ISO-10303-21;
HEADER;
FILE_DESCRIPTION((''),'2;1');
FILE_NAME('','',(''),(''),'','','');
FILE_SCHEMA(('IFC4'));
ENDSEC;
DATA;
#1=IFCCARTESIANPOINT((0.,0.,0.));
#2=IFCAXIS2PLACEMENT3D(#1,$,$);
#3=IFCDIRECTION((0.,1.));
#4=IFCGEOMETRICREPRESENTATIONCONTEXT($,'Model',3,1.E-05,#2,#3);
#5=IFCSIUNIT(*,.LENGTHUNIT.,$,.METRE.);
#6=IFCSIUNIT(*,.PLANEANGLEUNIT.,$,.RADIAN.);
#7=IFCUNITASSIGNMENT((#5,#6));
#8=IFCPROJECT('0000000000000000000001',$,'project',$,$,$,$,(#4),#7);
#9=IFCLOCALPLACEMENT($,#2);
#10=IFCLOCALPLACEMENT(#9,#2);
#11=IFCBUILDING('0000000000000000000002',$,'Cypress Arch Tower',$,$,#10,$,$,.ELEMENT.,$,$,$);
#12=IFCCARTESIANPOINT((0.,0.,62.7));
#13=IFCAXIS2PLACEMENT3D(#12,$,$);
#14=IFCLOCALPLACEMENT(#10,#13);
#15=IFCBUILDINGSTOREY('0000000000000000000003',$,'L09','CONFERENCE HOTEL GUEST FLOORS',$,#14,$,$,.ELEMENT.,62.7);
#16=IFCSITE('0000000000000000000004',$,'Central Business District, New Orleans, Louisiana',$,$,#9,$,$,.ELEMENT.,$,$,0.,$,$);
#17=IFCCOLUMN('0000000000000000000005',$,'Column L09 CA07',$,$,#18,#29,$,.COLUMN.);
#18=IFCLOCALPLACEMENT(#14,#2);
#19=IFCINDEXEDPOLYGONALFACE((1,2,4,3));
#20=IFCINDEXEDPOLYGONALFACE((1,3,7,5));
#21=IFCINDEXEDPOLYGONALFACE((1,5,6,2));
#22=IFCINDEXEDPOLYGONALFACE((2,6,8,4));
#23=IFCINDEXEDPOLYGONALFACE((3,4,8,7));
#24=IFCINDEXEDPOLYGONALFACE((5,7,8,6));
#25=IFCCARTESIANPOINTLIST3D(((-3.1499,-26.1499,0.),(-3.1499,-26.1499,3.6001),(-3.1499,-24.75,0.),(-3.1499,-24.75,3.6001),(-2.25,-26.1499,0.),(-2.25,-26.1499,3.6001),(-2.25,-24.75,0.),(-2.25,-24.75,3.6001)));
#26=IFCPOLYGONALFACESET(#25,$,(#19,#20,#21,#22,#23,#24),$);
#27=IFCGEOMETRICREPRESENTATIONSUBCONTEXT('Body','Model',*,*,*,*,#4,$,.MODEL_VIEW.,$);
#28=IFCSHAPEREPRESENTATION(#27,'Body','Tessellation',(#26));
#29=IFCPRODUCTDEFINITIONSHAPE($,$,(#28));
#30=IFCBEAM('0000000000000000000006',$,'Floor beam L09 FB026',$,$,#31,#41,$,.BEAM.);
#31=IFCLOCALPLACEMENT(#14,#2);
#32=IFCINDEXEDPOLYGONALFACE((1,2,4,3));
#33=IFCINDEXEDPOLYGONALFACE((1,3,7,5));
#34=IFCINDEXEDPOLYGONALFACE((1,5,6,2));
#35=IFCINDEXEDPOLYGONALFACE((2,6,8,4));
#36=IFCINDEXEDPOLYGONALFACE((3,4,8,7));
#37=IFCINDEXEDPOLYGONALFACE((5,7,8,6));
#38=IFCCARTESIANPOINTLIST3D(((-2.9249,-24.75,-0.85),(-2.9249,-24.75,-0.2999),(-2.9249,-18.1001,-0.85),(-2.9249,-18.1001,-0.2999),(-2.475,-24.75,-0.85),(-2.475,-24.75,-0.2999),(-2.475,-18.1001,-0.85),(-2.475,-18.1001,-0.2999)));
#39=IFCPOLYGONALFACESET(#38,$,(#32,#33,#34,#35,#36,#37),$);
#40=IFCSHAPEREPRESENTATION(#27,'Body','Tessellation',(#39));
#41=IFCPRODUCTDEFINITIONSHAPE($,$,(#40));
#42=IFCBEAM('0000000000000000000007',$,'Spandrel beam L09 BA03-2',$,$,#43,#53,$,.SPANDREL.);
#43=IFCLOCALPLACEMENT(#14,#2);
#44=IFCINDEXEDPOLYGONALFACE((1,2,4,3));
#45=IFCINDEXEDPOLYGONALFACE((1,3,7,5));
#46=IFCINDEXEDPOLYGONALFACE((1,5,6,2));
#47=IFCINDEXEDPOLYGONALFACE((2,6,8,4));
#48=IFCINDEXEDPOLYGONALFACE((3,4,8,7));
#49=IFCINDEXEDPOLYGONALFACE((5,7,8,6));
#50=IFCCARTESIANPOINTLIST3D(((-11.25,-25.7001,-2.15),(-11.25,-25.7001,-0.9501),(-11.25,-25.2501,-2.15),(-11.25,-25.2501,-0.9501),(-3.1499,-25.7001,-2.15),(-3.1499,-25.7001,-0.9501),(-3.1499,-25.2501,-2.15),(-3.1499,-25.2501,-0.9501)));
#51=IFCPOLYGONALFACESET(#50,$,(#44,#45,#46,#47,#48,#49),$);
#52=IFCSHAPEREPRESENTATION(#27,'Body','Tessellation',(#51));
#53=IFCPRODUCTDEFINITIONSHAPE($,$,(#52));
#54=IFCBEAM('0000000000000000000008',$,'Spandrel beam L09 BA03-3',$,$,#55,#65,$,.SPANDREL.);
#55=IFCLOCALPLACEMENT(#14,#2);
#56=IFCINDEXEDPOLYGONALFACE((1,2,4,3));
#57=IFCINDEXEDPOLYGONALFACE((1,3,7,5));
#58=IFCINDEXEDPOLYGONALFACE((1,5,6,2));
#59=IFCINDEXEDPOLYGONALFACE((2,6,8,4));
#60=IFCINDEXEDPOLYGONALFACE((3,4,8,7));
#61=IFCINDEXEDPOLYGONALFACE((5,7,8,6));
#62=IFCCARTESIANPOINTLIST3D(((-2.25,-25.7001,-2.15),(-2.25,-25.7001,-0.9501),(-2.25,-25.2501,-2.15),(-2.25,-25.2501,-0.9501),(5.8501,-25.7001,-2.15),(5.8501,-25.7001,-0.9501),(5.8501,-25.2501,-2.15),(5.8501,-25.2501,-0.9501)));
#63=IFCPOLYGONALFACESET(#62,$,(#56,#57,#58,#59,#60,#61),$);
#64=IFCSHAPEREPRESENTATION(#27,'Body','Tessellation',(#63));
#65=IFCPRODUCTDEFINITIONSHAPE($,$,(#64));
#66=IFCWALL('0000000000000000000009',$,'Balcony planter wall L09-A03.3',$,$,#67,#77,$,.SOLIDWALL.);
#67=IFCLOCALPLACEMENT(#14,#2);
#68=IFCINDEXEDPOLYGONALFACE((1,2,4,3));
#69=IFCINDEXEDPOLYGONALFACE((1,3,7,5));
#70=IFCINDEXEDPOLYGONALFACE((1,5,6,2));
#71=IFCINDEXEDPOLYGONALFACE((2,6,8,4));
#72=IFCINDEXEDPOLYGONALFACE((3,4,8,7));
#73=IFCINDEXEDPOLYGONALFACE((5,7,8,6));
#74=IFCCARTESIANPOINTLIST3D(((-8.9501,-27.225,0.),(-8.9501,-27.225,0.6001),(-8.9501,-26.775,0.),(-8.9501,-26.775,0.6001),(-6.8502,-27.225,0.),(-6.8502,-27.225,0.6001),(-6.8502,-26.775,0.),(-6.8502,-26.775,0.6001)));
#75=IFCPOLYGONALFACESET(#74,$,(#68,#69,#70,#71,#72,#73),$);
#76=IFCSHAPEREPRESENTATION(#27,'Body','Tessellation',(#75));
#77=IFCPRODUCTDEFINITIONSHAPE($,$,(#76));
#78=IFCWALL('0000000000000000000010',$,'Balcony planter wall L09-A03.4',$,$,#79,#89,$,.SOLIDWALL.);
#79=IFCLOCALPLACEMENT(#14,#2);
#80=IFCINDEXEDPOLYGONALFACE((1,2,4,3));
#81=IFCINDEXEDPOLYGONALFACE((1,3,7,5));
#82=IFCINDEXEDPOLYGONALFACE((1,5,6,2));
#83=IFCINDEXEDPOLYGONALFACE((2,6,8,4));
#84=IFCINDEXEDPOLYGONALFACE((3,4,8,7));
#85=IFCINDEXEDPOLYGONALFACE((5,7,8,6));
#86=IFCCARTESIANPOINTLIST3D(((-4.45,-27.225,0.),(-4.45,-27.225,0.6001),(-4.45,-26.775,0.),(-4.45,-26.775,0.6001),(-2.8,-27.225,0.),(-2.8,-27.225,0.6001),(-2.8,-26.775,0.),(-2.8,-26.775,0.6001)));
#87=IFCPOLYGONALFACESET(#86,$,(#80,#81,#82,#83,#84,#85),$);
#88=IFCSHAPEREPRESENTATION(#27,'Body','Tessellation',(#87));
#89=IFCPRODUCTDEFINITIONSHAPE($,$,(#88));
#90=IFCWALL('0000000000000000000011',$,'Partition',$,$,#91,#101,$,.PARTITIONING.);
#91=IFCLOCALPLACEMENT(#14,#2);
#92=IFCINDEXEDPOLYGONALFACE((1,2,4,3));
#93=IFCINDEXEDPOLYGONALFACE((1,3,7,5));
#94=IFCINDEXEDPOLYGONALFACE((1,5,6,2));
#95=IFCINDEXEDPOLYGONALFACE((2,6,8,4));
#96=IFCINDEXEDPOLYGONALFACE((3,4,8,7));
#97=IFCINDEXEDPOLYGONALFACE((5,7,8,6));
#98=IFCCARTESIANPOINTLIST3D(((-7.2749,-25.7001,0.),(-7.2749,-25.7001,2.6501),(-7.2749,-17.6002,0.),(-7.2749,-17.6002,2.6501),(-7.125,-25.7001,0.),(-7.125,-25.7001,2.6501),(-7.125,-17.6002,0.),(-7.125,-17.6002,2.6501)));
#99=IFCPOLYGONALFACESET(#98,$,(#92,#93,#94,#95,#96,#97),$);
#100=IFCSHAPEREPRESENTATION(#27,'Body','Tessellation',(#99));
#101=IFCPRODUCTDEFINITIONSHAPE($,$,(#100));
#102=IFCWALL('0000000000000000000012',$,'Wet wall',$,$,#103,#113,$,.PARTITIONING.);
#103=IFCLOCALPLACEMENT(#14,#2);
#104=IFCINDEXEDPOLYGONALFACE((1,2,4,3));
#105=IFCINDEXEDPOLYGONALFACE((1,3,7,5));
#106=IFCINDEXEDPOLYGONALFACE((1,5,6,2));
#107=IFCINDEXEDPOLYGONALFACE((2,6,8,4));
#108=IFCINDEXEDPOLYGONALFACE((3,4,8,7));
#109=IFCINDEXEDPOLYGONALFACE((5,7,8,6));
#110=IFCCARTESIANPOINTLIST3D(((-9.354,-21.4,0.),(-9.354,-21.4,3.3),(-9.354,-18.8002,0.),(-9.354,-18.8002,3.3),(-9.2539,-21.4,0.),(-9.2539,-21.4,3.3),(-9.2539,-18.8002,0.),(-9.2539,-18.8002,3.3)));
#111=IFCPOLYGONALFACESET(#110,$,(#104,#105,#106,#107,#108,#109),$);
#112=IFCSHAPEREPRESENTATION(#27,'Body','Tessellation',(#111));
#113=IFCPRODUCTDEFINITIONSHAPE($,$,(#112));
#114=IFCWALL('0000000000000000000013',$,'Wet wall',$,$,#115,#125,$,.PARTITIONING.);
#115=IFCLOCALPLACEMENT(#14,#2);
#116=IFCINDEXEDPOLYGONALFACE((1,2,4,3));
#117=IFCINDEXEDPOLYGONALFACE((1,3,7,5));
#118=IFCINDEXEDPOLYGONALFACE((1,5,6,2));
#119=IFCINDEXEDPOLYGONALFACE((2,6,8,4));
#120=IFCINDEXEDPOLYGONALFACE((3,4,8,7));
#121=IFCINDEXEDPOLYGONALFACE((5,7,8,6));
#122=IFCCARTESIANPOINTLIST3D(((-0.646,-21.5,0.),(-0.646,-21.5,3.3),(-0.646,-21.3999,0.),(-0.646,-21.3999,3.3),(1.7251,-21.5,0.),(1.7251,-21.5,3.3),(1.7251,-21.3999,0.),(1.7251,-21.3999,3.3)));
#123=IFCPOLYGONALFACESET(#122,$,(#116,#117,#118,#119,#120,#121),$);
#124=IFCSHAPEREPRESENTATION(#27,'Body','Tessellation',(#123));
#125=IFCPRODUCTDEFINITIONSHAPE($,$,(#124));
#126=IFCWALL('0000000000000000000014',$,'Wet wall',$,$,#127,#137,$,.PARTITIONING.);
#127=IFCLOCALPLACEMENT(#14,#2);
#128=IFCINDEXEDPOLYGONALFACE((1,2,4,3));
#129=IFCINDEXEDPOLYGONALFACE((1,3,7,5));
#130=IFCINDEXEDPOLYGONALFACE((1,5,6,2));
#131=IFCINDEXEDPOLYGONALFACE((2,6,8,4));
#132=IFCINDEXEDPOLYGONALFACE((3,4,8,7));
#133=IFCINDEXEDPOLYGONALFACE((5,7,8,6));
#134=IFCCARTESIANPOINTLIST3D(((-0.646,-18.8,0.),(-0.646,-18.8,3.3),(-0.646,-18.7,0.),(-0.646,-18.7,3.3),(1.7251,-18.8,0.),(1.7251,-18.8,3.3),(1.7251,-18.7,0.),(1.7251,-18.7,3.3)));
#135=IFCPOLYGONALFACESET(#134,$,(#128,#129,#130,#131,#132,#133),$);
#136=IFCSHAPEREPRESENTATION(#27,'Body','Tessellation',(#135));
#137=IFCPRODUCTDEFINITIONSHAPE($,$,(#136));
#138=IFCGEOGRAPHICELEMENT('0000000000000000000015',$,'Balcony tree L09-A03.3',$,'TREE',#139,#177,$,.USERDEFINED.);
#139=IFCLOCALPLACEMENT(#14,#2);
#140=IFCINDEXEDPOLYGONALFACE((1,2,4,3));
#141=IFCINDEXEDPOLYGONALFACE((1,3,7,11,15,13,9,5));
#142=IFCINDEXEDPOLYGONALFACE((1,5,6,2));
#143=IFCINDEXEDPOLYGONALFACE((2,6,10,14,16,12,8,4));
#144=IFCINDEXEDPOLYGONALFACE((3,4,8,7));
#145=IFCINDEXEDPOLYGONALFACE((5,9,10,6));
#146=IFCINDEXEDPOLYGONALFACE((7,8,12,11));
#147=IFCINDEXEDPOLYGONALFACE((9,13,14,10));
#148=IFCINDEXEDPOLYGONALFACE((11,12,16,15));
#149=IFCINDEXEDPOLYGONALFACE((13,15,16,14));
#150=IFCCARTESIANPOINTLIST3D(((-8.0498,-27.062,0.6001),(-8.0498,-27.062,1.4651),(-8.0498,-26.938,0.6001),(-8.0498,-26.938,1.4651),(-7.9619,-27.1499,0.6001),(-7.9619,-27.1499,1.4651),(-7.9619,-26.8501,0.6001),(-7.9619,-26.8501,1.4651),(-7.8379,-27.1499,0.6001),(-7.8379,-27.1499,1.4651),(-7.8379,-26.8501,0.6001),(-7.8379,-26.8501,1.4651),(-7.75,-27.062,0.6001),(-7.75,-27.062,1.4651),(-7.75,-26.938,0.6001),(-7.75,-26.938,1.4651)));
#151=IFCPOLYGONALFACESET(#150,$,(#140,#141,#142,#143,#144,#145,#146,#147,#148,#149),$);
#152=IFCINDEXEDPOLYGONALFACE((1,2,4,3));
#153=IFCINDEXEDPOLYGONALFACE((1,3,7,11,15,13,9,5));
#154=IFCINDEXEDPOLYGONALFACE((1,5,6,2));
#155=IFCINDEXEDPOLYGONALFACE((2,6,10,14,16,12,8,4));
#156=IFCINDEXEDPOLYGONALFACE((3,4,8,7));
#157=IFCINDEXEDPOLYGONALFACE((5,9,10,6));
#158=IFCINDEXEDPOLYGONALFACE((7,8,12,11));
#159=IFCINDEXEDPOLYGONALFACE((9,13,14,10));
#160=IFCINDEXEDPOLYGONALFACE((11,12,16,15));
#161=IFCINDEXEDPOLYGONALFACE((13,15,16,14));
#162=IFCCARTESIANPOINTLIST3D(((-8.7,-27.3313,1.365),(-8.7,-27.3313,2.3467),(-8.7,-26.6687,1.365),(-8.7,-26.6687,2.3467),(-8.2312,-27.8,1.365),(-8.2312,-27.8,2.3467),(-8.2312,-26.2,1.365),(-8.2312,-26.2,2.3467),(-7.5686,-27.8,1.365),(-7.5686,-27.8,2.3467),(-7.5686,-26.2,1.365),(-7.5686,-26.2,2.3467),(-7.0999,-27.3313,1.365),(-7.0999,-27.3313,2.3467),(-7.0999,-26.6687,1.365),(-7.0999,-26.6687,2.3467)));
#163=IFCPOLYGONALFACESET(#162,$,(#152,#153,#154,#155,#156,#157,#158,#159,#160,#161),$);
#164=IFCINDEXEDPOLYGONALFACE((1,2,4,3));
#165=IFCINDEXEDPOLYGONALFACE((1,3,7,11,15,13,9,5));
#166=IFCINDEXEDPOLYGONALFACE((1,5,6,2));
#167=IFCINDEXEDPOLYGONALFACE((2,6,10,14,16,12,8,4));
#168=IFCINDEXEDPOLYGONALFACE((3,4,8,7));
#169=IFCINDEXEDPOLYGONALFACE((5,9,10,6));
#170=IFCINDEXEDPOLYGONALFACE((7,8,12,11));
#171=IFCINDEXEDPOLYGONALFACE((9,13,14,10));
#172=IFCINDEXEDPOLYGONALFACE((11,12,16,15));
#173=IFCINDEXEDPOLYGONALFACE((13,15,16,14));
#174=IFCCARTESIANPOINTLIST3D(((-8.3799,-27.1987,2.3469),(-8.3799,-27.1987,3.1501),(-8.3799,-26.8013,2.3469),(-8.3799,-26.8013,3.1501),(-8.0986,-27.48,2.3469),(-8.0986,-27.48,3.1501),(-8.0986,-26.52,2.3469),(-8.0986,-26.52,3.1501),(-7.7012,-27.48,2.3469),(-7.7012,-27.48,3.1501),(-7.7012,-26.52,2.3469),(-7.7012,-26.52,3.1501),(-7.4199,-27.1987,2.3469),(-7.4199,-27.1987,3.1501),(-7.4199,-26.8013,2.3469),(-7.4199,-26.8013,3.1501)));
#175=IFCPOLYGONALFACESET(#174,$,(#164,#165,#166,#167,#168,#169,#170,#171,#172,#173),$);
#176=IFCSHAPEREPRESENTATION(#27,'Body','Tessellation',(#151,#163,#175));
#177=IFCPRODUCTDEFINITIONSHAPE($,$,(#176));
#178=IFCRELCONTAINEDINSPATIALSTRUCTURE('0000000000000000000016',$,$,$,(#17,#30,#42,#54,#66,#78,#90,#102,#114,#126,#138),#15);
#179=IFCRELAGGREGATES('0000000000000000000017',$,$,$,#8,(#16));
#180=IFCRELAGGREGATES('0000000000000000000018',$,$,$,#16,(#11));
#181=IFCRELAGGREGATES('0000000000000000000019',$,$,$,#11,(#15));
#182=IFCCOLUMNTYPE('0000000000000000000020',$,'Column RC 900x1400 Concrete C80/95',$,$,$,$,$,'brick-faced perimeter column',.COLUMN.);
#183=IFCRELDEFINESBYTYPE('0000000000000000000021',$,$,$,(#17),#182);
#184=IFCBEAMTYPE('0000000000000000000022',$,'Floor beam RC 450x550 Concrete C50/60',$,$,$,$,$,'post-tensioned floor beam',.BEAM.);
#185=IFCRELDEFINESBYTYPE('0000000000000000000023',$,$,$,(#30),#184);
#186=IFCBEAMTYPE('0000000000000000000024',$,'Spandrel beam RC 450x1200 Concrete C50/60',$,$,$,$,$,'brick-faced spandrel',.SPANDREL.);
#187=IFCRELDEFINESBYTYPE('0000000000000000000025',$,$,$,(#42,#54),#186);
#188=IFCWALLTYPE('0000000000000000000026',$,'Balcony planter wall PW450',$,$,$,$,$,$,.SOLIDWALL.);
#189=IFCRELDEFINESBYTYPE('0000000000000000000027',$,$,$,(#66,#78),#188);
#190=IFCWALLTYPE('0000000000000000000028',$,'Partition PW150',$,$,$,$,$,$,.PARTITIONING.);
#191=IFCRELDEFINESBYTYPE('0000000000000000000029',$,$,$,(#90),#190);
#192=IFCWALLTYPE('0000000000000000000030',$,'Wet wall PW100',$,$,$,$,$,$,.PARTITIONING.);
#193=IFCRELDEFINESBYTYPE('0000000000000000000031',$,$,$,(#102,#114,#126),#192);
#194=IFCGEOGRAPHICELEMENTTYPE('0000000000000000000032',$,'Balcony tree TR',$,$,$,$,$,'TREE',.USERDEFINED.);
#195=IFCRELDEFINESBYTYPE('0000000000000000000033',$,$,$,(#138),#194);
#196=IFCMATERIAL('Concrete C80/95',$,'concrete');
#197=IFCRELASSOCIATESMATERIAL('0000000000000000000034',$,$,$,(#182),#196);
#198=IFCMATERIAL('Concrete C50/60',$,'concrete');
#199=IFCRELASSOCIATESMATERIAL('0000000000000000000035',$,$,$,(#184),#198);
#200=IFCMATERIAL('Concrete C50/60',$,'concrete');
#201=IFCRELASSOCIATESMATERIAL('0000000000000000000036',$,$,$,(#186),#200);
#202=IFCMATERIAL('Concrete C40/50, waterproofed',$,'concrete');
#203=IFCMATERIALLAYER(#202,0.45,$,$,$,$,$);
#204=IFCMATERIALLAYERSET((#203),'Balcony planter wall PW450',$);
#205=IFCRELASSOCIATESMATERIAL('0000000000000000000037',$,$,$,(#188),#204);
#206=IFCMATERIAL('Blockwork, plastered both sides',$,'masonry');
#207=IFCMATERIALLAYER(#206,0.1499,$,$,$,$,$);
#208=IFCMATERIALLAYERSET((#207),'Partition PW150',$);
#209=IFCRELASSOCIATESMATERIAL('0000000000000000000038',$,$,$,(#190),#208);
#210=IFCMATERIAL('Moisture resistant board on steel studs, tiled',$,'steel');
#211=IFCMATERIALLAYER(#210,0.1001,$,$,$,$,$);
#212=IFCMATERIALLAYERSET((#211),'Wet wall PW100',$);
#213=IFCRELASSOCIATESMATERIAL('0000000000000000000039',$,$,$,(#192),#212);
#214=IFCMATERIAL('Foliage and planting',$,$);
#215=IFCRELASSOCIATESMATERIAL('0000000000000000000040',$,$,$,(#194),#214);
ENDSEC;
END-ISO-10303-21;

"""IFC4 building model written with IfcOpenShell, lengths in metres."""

from ifc_helpers import new_model, si_unit, direction, frame, frame_2d, origin, origin_2d, place, context, subcontext, project, spatial, polyline, rectangle, outline, extrude, material, layer, layer_set, material_profile, profile_set, type_object, element, save


model = new_model("IFC4")

# Units and contexts
model_context = context("Model", 3, precision=1e-05, world=origin(), true_north=direction((0.0, 1.0)))
body_context = subcontext(model_context, "Body", "Model", "MODEL_VIEW")
ifc_project = project(units=[si_unit("LENGTHUNIT", "METRE"), si_unit("PLANEANGLEUNIT", "RADIAN")], contexts=[model_context])

# Site, building, storey
site_placement = place(None, origin())
site = spatial("IfcSite", under=ifc_project, at=site_placement, Name="Central Business District, New Orleans, Louisiana", CompositionType="ELEMENT", RefElevation=0.0)
building_placement = place(site_placement, origin())
building = spatial("IfcBuilding", under=site, at=building_placement, Name="Cypress Arch Tower", CompositionType="ELEMENT")
storey_placement = place(building_placement, frame((0.0, 0.0, 62.7)))
storey = spatial("IfcBuildingStorey", under=building, at=storey_placement, Name="L09", Description="CONFERENCE HOTEL GUEST FLOORS", CompositionType="ELEMENT", Elevation=62.7)

# Column
ifc_material_1 = material(Name="Concrete C80/95", Category="concrete")
ifc_material_profile_1 = material_profile(ifc_material_1, rectangle(XDim=0.8999, YDim=1.3999, at=origin_2d()), Name="RC 900x1400")
ifc_profile_set_1 = profile_set([ifc_material_profile_1], Name="Concrete C80/95")
column_type = type_object("IfcColumnType", Name="Column RC 900x1400 Concrete C80/95", ElementType="brick-faced perimeter column", PredefinedType="COLUMN", material=ifc_profile_set_1)
column_placement = place(storey_placement, frame((-2.7, -25.45, 0.0), z_axis=(0.0, 0.0, 1.0), x_axis=(1.0, 0.0, 0.0)))
element("IfcColumn", 1, at=column_placement, inside=storey, type_object=column_type, Name="Column L09 CA07", PredefinedType="COLUMN", context=body_context, shape_type="SweptSolid", body=[
    extrude(rectangle(XDim=0.8999, YDim=1.3999, at=origin_2d()), origin(), (0.0, 0.0, 1.0), 3.6001),
])

# Beams
ifc_material_2 = material(Name="Concrete C50/60", Category="concrete")
ifc_material_profile_2 = material_profile(ifc_material_2, rectangle(XDim=0.45, YDim=0.55, at=origin_2d()), Name="RC 450x550")
ifc_profile_set_2 = profile_set([ifc_material_profile_2], Name="Concrete C50/60")
beam_type_1 = type_object("IfcBeamType", Name="Floor beam RC 450x550 Concrete C50/60", ElementType="post-tensioned floor beam", PredefinedType="BEAM", material=ifc_profile_set_2)
beam_placement = place(storey_placement, frame((-2.7, -24.75, -0.575), z_axis=(0.0, 1.0, 0.0), x_axis=(-1.0, 0.0, 0.0)))
element("IfcBeam", 2, at=beam_placement, inside=storey, type_object=beam_type_1, Name="Floor beam L09 FB026", PredefinedType="BEAM", context=body_context, shape_type="SweptSolid", body=[
    extrude(rectangle(XDim=0.45, YDim=0.55, at=origin_2d()), origin(), (0.0, 0.0, 1.0), 6.6499),
])
ifc_material_3 = material(Name="Concrete C50/60", Category="concrete")
ifc_material_profile_3 = material_profile(ifc_material_3, rectangle(XDim=0.45, YDim=1.2, at=origin_2d()), Name="RC 450x1200")
ifc_profile_set_3 = profile_set([ifc_material_profile_3], Name="Concrete C50/60")
beam_type_2 = type_object("IfcBeamType", Name="Spandrel beam RC 450x1200 Concrete C50/60", ElementType="brick-faced spandrel", PredefinedType="SPANDREL", material=ifc_profile_set_3)
for number, where, z_axis, x_axis, name in (
    (3, (-11.25, -25.4751, -1.55), (1.0, 0.0, 0.0), (0.0, 1.0, 0.0), "Spandrel beam L09 BA03-2"),
    (4, (-2.25, -25.4751, -1.55), (1.0, 0.0, 0.0), (0.0, 1.0, 0.0), "Spandrel beam L09 BA03-3"),
):
    element("IfcBeam", number, at=place(storey_placement, frame(where, z_axis=z_axis, x_axis=x_axis)), inside=storey, type_object=beam_type_2, Name=name, PredefinedType="SPANDREL", context=body_context, shape_type="SweptSolid", body=[
        extrude(rectangle(XDim=0.45, YDim=1.2, at=origin_2d()), origin(), (0.0, 0.0, 1.0), 8.1001),
    ])

# Walls
ifc_material_4 = material(Name="Concrete C40/50, waterproofed", Category="concrete")
ifc_layer_1 = layer(ifc_material_4, 0.45)
ifc_layer_set_1 = layer_set([ifc_layer_1], Name="Balcony planter wall PW450")
wall_type_1 = type_object("IfcWallType", Name="Balcony planter wall PW450", PredefinedType="SOLIDWALL", material=ifc_layer_set_1)
wall_1_placement = place(storey_placement, frame((-8.95, -27.0, 0.0), z_axis=(0.0, 0.0, 1.0), x_axis=(1.0, 0.0, 0.0)))
element("IfcWall", 5, at=wall_1_placement, inside=storey, type_object=wall_type_1, Name="Balcony planter wall L09-A03.3", PredefinedType="SOLIDWALL", context=body_context, shape_type="SweptSolid", body=[
    extrude(rectangle(XDim=2.0999, YDim=0.45, at=frame_2d((1.0498, 0.0))), origin(), (0.0, 0.0, 1.0), 0.6001),
])
wall_2_placement = place(storey_placement, frame((-4.45, -27.0, 0.0), z_axis=(0.0, 0.0, 1.0), x_axis=(1.0, 0.0, 0.0)))
element("IfcWall", 6, at=wall_2_placement, inside=storey, type_object=wall_type_1, Name="Balcony planter wall L09-A03.4", PredefinedType="SOLIDWALL", context=body_context, shape_type="SweptSolid", body=[
    extrude(rectangle(XDim=1.6499, YDim=0.45, at=frame_2d((0.825, 0.0))), origin(), (0.0, 0.0, 1.0), 0.6001),
])

# Walls
ifc_material_5 = material(Name="Blockwork, plastered both sides", Category="masonry")
ifc_layer_2 = layer(ifc_material_5, 0.1499)
ifc_layer_set_2 = layer_set([ifc_layer_2], Name="Partition PW150")
wall_type_2 = type_object("IfcWallType", Name="Partition PW150", PredefinedType="PARTITIONING", material=ifc_layer_set_2)
wall_3_placement = place(storey_placement, frame((-7.2, -25.7, 0.0), z_axis=(0.0, 0.0, 1.0), x_axis=(0.0, 1.0, 0.0)))
element("IfcWall", 7, at=wall_3_placement, inside=storey, type_object=wall_type_2, Name="Partition", PredefinedType="PARTITIONING", context=body_context, shape_type="SweptSolid", body=[
    extrude(rectangle(XDim=8.0999, YDim=0.1499, at=frame_2d((4.0498, 0.0))), origin(), (0.0, 0.0, 1.0), 2.6501),
])
ifc_material_6 = material(Name="Moisture resistant board on steel studs, tiled", Category="steel")
ifc_layer_3 = layer(ifc_material_6, 0.1001)
ifc_layer_set_3 = layer_set([ifc_layer_3], Name="Wet wall PW100")
wall_type_3 = type_object("IfcWallType", Name="Wet wall PW100", PredefinedType="PARTITIONING", material=ifc_layer_set_3)
wall_4_placement = place(storey_placement, frame((-9.304, -21.3999, 0.0), z_axis=(0.0, 0.0, 1.0), x_axis=(0.0, 1.0, 0.0)))
element("IfcWall", 8, at=wall_4_placement, inside=storey, type_object=wall_type_3, Name="Wet wall", PredefinedType="PARTITIONING", context=body_context, shape_type="SweptSolid", body=[
    extrude(rectangle(XDim=2.5999, YDim=0.1001, at=frame_2d((1.2998, 0.0))), origin(), (0.0, 0.0, 1.0), 3.3),
])
for number, where, z_axis, x_axis, name in (
    (9, (-0.646, -21.45, 0.0), (0.0, 0.0, 1.0), (1.0, 0.0, 0.0), "Wet wall"),
    (10, (-0.646, -18.75, 0.0), (0.0, 0.0, 1.0), (1.0, 0.0, 0.0), "Wet wall"),
):
    element("IfcWall", number, at=place(storey_placement, frame(where, z_axis=z_axis, x_axis=x_axis)), inside=storey, type_object=wall_type_3, Name=name, PredefinedType="PARTITIONING", context=body_context, shape_type="SweptSolid", body=[
        extrude(rectangle(XDim=2.3711, YDim=0.1001, at=frame_2d((1.1855, 0.0))), origin(), (0.0, 0.0, 1.0), 3.3),
    ])

# Geographic element
ifc_material_7 = material(Name="Foliage and planting")
geographic_element_type = type_object("IfcGeographicElementType", Name="Balcony tree TR", ElementType="TREE", PredefinedType="USERDEFINED", material=ifc_material_7)
for number, where, z_axis, x_axis, name in (
    (11, (-7.8999, -27.0, 0.6001), (0.0, 0.0, 1.0), (1.0, 0.0, 0.0), "Balcony tree L09-A03.3"),
):
    element("IfcGeographicElement", number, at=place(storey_placement, frame(where, z_axis=z_axis, x_axis=x_axis)), inside=storey, type_object=geographic_element_type, Name=name, ObjectType="TREE", PredefinedType="USERDEFINED", context=body_context, shape_type="SweptSolid", body=[
        extrude(outline(polyline([(0.1499, 0.062), (0.062, 0.1499), (-0.062, 0.1499), (-0.1499, 0.062), (-0.1499, -0.062), (-0.062, -0.1499), (0.062, -0.1499), (0.1499, -0.062), (0.1499, 0.062)])), origin(), (0.0, 0.0, 1.0), 0.865),
        extrude(outline(polyline([(0.8, 0.3313), (0.3313, 0.8), (-0.3313, 0.8), (-0.8, 0.3313), (-0.8, -0.3313), (-0.3313, -0.8), (0.3313, -0.8), (0.8, -0.3313), (0.8, 0.3313)])), frame((0.0, 0.0, 0.7649)), (0.0, 0.0, 1.0), 0.9817),
        extrude(outline(polyline([(0.48, 0.1987), (0.1987, 0.48), (-0.1987, 0.48), (-0.48, 0.1987), (-0.48, -0.1987), (-0.1987, -0.48), (0.1987, -0.48), (0.48, -0.1987), (0.48, 0.1987)])), frame((0.0, 0.0, 1.7468)), (0.0, 0.0, 1.0), 0.8032),
    ])

save(model, "model.ifc")
